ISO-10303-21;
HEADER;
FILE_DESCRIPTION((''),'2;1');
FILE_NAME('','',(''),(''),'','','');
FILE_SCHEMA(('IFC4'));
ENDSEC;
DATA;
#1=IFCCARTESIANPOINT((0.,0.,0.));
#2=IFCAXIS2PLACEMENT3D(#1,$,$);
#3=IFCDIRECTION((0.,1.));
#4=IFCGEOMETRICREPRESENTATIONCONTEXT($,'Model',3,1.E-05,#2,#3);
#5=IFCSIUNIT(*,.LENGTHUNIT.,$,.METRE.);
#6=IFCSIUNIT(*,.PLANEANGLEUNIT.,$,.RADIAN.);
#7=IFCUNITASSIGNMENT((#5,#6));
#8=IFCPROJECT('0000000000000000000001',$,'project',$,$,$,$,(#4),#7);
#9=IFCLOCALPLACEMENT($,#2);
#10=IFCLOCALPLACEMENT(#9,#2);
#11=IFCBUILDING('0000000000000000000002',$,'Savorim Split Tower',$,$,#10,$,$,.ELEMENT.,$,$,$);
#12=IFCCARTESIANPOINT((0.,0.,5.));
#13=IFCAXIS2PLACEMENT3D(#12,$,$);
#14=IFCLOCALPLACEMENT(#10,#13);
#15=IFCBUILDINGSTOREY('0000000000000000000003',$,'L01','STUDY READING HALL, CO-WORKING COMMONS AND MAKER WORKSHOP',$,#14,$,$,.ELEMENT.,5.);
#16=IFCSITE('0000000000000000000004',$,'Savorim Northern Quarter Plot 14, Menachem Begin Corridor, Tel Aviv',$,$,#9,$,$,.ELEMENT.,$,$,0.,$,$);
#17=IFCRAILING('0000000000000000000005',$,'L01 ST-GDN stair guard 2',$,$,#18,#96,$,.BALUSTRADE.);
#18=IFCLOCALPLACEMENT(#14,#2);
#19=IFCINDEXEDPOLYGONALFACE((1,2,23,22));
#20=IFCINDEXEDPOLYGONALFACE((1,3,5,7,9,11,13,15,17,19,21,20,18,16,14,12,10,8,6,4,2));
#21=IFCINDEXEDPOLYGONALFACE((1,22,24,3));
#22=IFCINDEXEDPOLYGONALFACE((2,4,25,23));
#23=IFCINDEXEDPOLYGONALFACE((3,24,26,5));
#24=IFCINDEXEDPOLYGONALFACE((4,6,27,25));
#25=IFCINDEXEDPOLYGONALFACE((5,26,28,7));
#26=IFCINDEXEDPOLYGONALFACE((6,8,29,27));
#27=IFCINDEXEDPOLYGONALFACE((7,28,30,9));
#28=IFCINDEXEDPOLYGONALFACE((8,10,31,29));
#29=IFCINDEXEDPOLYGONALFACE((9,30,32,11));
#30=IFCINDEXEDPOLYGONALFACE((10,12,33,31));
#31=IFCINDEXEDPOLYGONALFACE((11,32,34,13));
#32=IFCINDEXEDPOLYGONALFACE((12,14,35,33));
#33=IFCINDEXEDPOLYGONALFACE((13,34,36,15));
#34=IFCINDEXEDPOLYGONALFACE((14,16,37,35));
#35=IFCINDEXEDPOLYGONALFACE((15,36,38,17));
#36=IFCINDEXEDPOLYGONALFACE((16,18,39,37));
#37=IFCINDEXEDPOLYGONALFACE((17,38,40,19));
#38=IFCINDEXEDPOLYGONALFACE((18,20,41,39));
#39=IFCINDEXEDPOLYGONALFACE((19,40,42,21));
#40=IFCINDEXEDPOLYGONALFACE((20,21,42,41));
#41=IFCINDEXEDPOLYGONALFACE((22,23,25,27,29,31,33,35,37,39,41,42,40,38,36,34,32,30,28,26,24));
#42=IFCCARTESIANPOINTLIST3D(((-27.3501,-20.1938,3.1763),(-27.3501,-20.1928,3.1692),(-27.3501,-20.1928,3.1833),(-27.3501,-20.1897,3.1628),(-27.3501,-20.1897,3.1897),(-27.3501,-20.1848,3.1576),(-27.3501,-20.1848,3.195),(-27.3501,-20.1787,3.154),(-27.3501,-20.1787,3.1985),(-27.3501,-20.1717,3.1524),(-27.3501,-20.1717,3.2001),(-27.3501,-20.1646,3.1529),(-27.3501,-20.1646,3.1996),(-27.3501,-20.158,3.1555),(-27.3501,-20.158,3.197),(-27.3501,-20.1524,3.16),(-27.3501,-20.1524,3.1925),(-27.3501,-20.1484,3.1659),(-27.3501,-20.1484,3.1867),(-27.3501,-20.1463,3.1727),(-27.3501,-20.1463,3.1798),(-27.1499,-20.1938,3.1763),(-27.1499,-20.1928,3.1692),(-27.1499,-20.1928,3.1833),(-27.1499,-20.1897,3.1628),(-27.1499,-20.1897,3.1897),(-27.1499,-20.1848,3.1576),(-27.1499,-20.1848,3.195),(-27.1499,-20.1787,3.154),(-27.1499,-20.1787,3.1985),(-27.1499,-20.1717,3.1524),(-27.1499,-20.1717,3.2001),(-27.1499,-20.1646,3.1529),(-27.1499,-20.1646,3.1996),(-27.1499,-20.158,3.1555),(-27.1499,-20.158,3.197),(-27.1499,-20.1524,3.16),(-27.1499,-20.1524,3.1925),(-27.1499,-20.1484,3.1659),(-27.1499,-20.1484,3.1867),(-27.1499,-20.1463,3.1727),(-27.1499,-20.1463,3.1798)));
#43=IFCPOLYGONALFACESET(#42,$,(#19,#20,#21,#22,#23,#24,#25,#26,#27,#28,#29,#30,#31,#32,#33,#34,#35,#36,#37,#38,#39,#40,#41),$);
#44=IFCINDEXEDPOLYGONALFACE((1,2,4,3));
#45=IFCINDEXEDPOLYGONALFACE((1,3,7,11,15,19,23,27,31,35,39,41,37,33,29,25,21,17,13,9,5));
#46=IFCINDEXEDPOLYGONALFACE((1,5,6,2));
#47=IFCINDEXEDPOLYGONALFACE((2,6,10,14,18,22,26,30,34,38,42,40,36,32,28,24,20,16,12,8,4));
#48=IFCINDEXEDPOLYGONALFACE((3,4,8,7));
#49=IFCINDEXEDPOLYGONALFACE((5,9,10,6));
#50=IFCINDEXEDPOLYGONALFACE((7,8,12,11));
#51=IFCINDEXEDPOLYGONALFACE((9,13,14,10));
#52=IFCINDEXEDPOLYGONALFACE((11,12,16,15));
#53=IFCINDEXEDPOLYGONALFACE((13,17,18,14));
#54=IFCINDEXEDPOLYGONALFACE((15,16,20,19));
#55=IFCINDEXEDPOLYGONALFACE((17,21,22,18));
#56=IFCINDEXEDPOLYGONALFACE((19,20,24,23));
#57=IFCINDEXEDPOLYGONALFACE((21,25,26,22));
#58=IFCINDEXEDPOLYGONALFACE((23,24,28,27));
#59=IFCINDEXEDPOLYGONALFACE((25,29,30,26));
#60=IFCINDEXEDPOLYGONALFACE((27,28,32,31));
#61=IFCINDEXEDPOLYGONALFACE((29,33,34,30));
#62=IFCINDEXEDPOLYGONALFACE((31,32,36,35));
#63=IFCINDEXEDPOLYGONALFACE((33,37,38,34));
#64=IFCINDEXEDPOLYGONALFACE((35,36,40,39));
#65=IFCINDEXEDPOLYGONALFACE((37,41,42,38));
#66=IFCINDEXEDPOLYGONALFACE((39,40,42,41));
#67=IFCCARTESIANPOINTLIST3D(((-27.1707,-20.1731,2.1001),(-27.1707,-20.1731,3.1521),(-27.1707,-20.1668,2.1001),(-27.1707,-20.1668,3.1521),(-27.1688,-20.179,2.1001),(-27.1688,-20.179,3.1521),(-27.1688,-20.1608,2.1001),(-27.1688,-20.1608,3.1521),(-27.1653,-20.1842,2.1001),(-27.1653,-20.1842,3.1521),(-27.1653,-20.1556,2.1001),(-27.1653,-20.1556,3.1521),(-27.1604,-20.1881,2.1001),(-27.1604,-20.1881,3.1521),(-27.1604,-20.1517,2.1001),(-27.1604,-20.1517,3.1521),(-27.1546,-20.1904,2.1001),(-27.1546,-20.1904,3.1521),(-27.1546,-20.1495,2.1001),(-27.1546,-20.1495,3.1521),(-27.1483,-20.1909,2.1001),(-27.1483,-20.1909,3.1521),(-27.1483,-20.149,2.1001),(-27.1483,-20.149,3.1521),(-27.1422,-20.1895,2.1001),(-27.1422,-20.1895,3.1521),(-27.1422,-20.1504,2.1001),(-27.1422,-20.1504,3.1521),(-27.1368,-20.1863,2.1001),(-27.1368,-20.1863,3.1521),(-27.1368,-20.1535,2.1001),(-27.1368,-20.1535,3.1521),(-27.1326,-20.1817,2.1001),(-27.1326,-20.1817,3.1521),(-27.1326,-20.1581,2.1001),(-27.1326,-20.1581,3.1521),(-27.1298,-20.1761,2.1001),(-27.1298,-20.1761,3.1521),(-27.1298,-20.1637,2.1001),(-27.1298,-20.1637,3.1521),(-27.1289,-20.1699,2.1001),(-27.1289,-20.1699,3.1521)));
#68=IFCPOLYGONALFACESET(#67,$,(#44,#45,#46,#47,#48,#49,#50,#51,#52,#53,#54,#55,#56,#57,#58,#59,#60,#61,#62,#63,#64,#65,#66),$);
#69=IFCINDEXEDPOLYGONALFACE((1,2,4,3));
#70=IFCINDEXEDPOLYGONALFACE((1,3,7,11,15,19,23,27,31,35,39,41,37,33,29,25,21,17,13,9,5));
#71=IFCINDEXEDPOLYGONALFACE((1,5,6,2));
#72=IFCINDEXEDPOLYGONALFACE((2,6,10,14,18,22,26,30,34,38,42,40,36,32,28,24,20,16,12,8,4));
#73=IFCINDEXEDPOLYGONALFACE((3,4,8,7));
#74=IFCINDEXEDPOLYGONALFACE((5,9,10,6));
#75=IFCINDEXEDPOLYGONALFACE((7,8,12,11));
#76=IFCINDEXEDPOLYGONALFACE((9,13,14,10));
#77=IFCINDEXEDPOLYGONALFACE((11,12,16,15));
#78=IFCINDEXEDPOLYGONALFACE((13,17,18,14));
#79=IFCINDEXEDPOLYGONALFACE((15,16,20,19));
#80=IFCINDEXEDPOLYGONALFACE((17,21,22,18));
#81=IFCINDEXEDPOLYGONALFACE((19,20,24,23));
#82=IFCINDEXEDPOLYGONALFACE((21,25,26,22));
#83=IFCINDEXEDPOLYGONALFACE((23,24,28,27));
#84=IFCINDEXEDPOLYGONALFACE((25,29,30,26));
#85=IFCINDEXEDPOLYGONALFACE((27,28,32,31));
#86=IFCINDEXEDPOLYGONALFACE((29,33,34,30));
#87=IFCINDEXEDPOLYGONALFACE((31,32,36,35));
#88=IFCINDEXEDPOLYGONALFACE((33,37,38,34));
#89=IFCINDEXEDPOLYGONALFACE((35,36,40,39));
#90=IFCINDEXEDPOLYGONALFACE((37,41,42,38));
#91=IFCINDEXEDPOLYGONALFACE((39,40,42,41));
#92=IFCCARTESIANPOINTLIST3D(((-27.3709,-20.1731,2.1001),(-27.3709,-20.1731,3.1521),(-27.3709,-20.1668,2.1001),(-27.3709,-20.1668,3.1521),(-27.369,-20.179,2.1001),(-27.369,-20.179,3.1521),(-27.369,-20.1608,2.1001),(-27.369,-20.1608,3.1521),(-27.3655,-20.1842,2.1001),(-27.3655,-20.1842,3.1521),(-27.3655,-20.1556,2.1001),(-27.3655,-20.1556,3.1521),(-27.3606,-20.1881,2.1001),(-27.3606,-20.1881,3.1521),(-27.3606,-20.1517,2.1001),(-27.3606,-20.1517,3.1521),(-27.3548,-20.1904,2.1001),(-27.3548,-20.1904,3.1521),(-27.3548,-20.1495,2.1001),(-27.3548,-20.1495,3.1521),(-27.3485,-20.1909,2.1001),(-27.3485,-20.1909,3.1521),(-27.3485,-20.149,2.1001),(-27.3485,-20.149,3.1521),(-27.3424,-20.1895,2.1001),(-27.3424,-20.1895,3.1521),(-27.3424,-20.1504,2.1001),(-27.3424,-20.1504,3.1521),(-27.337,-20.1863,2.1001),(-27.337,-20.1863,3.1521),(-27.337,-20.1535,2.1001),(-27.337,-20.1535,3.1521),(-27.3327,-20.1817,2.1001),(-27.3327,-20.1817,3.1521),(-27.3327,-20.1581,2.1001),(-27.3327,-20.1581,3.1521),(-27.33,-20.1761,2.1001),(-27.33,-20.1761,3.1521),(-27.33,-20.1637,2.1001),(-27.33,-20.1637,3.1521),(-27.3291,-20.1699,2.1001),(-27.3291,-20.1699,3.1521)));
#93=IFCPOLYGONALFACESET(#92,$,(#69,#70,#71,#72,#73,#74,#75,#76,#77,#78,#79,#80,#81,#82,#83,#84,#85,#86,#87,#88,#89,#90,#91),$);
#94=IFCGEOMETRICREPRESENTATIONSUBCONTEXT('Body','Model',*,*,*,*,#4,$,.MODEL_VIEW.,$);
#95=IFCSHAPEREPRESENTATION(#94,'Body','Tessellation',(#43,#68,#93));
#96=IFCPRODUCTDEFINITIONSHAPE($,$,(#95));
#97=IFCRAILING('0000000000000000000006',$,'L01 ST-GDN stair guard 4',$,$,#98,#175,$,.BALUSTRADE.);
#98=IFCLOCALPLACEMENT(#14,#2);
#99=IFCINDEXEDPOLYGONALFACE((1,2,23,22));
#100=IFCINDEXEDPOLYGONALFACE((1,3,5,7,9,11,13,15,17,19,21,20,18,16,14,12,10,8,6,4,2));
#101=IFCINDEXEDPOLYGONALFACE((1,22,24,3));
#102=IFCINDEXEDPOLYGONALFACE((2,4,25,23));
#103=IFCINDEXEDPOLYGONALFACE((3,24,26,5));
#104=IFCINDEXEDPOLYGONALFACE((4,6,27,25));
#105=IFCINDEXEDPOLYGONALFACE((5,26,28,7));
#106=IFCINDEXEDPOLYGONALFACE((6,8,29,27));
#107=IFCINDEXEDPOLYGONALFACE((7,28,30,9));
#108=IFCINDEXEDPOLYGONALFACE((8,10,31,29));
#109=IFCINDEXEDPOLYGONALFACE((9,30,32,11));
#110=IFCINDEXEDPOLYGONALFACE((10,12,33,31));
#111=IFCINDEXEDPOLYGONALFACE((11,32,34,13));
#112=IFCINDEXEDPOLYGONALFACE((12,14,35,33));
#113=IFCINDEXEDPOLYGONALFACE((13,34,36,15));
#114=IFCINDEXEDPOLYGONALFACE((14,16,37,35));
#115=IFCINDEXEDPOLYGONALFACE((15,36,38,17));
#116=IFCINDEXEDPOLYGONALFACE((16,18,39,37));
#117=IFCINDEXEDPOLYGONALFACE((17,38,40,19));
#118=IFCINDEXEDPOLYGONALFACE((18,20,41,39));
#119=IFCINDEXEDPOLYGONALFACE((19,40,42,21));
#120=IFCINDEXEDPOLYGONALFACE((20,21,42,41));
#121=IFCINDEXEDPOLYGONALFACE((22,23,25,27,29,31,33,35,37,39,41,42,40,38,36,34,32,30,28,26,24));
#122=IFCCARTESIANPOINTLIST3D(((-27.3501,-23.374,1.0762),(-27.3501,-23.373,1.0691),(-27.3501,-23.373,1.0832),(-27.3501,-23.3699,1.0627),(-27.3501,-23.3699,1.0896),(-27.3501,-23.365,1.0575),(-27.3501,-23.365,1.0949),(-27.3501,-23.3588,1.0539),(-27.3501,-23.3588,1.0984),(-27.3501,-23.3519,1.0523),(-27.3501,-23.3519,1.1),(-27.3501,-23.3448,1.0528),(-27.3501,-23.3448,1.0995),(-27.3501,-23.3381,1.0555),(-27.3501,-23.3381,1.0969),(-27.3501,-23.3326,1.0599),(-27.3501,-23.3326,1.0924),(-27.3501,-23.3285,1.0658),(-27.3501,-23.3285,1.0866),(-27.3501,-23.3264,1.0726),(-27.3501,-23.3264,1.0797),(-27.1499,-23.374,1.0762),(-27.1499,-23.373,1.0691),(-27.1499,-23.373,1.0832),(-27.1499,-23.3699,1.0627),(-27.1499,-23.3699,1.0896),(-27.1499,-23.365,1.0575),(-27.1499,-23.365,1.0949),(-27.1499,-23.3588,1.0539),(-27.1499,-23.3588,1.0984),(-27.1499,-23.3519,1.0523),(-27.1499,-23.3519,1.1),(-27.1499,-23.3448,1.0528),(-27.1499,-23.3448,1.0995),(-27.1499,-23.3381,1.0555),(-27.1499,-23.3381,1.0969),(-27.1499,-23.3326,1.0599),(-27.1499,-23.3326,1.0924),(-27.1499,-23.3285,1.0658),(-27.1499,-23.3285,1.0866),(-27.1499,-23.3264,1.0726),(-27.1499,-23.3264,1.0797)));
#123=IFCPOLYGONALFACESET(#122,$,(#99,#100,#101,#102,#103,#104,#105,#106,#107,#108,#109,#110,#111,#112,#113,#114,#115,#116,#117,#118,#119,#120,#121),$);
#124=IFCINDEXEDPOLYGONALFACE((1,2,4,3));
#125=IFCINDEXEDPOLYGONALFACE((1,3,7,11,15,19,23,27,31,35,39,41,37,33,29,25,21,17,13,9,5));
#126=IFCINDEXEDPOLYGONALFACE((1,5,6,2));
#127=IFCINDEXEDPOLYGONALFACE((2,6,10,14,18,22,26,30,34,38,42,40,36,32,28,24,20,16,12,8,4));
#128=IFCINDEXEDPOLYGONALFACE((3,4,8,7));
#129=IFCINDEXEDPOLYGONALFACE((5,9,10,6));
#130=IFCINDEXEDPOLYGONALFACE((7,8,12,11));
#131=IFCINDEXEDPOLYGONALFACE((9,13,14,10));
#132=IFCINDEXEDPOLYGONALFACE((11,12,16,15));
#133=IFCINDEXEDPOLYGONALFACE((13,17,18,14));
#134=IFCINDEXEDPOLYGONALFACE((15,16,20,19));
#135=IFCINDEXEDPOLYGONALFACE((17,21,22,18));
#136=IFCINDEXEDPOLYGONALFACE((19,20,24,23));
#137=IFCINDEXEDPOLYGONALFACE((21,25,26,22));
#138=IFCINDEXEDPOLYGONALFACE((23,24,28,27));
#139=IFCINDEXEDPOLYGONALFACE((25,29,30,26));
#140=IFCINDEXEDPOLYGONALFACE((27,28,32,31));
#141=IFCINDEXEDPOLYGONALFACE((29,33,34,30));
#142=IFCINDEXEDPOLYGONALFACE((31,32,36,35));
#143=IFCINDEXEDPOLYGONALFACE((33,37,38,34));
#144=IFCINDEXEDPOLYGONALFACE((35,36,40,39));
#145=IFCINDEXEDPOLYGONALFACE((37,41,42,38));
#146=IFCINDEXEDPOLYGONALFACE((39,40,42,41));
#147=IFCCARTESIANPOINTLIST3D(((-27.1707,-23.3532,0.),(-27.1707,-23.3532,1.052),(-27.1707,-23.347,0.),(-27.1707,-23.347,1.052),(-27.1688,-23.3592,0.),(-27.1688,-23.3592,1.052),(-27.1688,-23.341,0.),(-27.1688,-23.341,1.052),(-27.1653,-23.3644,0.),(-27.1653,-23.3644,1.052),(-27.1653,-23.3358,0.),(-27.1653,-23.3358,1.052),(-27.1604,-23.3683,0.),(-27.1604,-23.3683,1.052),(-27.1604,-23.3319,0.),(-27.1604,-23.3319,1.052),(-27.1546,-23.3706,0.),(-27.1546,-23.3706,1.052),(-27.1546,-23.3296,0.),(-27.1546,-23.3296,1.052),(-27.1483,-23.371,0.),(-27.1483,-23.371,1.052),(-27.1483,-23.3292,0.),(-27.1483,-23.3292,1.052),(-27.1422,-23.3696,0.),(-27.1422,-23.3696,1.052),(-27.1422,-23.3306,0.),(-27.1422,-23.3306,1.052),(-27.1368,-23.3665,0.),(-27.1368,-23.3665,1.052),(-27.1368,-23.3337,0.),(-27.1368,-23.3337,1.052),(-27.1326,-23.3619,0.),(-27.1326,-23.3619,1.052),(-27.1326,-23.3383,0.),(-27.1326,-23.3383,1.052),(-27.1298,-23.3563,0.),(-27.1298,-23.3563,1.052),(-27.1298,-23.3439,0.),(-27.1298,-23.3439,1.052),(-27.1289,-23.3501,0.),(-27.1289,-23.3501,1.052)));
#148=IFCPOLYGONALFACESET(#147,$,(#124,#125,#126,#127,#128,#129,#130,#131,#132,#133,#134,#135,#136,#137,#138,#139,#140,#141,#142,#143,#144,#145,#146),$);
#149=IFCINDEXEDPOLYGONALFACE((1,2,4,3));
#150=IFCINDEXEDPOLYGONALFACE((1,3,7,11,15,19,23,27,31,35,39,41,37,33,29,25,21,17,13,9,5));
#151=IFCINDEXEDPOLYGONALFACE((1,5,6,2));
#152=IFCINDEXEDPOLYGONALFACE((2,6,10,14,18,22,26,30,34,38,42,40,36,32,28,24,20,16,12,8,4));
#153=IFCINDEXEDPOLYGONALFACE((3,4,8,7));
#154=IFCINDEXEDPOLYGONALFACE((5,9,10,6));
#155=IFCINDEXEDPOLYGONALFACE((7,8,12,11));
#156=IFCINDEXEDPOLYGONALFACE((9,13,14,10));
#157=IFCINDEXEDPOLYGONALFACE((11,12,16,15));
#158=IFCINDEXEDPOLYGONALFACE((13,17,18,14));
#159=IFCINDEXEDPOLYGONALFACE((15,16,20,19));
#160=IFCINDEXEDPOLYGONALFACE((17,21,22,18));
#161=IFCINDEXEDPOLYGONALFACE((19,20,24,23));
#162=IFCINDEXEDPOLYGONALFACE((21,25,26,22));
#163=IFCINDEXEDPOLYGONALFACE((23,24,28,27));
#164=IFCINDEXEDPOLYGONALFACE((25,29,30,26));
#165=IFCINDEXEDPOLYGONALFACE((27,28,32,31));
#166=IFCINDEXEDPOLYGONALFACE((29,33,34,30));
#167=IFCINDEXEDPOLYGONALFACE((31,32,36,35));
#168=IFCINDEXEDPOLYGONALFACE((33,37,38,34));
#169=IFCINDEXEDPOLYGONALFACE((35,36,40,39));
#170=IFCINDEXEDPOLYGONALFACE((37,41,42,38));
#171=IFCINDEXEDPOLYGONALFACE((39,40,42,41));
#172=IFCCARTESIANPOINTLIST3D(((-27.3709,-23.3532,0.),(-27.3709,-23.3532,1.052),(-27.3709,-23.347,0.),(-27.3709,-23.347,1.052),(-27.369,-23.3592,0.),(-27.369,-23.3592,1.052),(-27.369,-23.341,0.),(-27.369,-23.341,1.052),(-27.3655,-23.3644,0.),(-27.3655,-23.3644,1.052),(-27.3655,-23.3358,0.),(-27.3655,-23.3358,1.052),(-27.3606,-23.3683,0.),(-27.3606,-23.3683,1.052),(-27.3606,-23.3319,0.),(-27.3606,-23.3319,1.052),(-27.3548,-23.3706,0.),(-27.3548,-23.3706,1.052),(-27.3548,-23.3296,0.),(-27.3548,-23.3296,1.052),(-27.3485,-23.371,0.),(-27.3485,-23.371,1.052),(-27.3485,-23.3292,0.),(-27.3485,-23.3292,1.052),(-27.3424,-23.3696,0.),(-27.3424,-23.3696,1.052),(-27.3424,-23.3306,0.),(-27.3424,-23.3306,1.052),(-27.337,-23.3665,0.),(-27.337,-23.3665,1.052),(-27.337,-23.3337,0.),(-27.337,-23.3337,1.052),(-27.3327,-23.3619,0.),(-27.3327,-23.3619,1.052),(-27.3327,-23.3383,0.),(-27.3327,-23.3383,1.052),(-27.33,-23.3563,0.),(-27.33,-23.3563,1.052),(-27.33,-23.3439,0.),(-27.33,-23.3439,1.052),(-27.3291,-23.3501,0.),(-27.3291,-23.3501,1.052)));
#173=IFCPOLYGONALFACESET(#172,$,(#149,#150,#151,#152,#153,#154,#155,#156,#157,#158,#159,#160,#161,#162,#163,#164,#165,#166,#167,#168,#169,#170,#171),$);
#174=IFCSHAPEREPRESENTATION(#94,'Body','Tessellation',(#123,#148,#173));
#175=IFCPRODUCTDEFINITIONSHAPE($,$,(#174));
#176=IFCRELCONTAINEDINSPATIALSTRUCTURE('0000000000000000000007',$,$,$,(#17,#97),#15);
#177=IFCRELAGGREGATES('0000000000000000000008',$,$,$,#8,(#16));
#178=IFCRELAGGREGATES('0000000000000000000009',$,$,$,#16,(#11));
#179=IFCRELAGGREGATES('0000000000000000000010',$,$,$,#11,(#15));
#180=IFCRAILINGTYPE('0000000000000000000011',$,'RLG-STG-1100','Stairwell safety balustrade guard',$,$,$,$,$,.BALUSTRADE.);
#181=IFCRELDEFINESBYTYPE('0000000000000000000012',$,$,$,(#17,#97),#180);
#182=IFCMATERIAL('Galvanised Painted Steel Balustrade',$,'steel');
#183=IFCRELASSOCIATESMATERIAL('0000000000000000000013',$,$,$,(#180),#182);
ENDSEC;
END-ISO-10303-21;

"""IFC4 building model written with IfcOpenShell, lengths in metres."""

from ifc_helpers import new_model, si_unit, direction, frame, origin, origin_2d, place, context, subcontext, project, spatial, circle, extrude, material, type_object, element, save


model = new_model("IFC4")

# Units and contexts
model_context = context("Model", 3, precision=1e-05, world=origin(), true_north=direction((0.0, 1.0)))
body_context = subcontext(model_context, "Body", "Model", "MODEL_VIEW")
ifc_project = project(units=[si_unit("LENGTHUNIT", "METRE"), si_unit("PLANEANGLEUNIT", "RADIAN")], contexts=[model_context])

# Site, building, storey
site_placement = place(None, origin())
site = spatial("IfcSite", under=ifc_project, at=site_placement, Name="Savorim Northern Quarter Plot 14, Menachem Begin Corridor, Tel Aviv", CompositionType="ELEMENT", RefElevation=0.0)
building_placement = place(site_placement, origin())
building = spatial("IfcBuilding", under=site, at=building_placement, Name="Savorim Split Tower", CompositionType="ELEMENT")
storey_placement = place(building_placement, frame((0.0, 0.0, 5.0)))
storey = spatial("IfcBuildingStorey", under=building, at=storey_placement, Name="L01", Description="STUDY READING HALL, CO-WORKING COMMONS AND MAKER WORKSHOP", CompositionType="ELEMENT", Elevation=5.0)

# Railings
ifc_material_1 = material(Name="Galvanised Painted Steel Balustrade", Category="steel")
railing_type_1 = type_object("IfcRailingType", Name="RLG-STG-1100", Description="Stairwell safety balustrade guard", PredefinedType="BALUSTRADE", material=ifc_material_1)
for number, where, name in (
    (1, (-27.1499, -20.1699, 2.1001), "L01 ST-GDN stair guard 2"),
    (2, (-27.1499, -23.3501, 0.0), "L01 ST-GDN stair guard 4"),
):
    element("IfcRailing", number, at=place(storey_placement, frame(where)), inside=storey, type_object=railing_type_1, Name=name, PredefinedType="BALUSTRADE", context=body_context, shape_type="SweptSolid", body=[
        extrude(circle(Radius=0.0239, at=origin_2d()), frame((0.0, 0.0, 1.0762), z_axis=(-1.0, 0.0, 0.0), x_axis=(0.0, -1.0, 0.0)), (0.0, 0.0, 1.0), 0.2002),
        extrude(circle(Radius=0.021, at=origin_2d()), origin(), (0.0, 0.0, 1.0), 1.052),
        extrude(circle(Radius=0.021, at=origin_2d()), frame((-0.2002, 0.0, 0.0)), (0.0, 0.0, 1.0), 1.052),
    ])

save(model, "model.ifc")
